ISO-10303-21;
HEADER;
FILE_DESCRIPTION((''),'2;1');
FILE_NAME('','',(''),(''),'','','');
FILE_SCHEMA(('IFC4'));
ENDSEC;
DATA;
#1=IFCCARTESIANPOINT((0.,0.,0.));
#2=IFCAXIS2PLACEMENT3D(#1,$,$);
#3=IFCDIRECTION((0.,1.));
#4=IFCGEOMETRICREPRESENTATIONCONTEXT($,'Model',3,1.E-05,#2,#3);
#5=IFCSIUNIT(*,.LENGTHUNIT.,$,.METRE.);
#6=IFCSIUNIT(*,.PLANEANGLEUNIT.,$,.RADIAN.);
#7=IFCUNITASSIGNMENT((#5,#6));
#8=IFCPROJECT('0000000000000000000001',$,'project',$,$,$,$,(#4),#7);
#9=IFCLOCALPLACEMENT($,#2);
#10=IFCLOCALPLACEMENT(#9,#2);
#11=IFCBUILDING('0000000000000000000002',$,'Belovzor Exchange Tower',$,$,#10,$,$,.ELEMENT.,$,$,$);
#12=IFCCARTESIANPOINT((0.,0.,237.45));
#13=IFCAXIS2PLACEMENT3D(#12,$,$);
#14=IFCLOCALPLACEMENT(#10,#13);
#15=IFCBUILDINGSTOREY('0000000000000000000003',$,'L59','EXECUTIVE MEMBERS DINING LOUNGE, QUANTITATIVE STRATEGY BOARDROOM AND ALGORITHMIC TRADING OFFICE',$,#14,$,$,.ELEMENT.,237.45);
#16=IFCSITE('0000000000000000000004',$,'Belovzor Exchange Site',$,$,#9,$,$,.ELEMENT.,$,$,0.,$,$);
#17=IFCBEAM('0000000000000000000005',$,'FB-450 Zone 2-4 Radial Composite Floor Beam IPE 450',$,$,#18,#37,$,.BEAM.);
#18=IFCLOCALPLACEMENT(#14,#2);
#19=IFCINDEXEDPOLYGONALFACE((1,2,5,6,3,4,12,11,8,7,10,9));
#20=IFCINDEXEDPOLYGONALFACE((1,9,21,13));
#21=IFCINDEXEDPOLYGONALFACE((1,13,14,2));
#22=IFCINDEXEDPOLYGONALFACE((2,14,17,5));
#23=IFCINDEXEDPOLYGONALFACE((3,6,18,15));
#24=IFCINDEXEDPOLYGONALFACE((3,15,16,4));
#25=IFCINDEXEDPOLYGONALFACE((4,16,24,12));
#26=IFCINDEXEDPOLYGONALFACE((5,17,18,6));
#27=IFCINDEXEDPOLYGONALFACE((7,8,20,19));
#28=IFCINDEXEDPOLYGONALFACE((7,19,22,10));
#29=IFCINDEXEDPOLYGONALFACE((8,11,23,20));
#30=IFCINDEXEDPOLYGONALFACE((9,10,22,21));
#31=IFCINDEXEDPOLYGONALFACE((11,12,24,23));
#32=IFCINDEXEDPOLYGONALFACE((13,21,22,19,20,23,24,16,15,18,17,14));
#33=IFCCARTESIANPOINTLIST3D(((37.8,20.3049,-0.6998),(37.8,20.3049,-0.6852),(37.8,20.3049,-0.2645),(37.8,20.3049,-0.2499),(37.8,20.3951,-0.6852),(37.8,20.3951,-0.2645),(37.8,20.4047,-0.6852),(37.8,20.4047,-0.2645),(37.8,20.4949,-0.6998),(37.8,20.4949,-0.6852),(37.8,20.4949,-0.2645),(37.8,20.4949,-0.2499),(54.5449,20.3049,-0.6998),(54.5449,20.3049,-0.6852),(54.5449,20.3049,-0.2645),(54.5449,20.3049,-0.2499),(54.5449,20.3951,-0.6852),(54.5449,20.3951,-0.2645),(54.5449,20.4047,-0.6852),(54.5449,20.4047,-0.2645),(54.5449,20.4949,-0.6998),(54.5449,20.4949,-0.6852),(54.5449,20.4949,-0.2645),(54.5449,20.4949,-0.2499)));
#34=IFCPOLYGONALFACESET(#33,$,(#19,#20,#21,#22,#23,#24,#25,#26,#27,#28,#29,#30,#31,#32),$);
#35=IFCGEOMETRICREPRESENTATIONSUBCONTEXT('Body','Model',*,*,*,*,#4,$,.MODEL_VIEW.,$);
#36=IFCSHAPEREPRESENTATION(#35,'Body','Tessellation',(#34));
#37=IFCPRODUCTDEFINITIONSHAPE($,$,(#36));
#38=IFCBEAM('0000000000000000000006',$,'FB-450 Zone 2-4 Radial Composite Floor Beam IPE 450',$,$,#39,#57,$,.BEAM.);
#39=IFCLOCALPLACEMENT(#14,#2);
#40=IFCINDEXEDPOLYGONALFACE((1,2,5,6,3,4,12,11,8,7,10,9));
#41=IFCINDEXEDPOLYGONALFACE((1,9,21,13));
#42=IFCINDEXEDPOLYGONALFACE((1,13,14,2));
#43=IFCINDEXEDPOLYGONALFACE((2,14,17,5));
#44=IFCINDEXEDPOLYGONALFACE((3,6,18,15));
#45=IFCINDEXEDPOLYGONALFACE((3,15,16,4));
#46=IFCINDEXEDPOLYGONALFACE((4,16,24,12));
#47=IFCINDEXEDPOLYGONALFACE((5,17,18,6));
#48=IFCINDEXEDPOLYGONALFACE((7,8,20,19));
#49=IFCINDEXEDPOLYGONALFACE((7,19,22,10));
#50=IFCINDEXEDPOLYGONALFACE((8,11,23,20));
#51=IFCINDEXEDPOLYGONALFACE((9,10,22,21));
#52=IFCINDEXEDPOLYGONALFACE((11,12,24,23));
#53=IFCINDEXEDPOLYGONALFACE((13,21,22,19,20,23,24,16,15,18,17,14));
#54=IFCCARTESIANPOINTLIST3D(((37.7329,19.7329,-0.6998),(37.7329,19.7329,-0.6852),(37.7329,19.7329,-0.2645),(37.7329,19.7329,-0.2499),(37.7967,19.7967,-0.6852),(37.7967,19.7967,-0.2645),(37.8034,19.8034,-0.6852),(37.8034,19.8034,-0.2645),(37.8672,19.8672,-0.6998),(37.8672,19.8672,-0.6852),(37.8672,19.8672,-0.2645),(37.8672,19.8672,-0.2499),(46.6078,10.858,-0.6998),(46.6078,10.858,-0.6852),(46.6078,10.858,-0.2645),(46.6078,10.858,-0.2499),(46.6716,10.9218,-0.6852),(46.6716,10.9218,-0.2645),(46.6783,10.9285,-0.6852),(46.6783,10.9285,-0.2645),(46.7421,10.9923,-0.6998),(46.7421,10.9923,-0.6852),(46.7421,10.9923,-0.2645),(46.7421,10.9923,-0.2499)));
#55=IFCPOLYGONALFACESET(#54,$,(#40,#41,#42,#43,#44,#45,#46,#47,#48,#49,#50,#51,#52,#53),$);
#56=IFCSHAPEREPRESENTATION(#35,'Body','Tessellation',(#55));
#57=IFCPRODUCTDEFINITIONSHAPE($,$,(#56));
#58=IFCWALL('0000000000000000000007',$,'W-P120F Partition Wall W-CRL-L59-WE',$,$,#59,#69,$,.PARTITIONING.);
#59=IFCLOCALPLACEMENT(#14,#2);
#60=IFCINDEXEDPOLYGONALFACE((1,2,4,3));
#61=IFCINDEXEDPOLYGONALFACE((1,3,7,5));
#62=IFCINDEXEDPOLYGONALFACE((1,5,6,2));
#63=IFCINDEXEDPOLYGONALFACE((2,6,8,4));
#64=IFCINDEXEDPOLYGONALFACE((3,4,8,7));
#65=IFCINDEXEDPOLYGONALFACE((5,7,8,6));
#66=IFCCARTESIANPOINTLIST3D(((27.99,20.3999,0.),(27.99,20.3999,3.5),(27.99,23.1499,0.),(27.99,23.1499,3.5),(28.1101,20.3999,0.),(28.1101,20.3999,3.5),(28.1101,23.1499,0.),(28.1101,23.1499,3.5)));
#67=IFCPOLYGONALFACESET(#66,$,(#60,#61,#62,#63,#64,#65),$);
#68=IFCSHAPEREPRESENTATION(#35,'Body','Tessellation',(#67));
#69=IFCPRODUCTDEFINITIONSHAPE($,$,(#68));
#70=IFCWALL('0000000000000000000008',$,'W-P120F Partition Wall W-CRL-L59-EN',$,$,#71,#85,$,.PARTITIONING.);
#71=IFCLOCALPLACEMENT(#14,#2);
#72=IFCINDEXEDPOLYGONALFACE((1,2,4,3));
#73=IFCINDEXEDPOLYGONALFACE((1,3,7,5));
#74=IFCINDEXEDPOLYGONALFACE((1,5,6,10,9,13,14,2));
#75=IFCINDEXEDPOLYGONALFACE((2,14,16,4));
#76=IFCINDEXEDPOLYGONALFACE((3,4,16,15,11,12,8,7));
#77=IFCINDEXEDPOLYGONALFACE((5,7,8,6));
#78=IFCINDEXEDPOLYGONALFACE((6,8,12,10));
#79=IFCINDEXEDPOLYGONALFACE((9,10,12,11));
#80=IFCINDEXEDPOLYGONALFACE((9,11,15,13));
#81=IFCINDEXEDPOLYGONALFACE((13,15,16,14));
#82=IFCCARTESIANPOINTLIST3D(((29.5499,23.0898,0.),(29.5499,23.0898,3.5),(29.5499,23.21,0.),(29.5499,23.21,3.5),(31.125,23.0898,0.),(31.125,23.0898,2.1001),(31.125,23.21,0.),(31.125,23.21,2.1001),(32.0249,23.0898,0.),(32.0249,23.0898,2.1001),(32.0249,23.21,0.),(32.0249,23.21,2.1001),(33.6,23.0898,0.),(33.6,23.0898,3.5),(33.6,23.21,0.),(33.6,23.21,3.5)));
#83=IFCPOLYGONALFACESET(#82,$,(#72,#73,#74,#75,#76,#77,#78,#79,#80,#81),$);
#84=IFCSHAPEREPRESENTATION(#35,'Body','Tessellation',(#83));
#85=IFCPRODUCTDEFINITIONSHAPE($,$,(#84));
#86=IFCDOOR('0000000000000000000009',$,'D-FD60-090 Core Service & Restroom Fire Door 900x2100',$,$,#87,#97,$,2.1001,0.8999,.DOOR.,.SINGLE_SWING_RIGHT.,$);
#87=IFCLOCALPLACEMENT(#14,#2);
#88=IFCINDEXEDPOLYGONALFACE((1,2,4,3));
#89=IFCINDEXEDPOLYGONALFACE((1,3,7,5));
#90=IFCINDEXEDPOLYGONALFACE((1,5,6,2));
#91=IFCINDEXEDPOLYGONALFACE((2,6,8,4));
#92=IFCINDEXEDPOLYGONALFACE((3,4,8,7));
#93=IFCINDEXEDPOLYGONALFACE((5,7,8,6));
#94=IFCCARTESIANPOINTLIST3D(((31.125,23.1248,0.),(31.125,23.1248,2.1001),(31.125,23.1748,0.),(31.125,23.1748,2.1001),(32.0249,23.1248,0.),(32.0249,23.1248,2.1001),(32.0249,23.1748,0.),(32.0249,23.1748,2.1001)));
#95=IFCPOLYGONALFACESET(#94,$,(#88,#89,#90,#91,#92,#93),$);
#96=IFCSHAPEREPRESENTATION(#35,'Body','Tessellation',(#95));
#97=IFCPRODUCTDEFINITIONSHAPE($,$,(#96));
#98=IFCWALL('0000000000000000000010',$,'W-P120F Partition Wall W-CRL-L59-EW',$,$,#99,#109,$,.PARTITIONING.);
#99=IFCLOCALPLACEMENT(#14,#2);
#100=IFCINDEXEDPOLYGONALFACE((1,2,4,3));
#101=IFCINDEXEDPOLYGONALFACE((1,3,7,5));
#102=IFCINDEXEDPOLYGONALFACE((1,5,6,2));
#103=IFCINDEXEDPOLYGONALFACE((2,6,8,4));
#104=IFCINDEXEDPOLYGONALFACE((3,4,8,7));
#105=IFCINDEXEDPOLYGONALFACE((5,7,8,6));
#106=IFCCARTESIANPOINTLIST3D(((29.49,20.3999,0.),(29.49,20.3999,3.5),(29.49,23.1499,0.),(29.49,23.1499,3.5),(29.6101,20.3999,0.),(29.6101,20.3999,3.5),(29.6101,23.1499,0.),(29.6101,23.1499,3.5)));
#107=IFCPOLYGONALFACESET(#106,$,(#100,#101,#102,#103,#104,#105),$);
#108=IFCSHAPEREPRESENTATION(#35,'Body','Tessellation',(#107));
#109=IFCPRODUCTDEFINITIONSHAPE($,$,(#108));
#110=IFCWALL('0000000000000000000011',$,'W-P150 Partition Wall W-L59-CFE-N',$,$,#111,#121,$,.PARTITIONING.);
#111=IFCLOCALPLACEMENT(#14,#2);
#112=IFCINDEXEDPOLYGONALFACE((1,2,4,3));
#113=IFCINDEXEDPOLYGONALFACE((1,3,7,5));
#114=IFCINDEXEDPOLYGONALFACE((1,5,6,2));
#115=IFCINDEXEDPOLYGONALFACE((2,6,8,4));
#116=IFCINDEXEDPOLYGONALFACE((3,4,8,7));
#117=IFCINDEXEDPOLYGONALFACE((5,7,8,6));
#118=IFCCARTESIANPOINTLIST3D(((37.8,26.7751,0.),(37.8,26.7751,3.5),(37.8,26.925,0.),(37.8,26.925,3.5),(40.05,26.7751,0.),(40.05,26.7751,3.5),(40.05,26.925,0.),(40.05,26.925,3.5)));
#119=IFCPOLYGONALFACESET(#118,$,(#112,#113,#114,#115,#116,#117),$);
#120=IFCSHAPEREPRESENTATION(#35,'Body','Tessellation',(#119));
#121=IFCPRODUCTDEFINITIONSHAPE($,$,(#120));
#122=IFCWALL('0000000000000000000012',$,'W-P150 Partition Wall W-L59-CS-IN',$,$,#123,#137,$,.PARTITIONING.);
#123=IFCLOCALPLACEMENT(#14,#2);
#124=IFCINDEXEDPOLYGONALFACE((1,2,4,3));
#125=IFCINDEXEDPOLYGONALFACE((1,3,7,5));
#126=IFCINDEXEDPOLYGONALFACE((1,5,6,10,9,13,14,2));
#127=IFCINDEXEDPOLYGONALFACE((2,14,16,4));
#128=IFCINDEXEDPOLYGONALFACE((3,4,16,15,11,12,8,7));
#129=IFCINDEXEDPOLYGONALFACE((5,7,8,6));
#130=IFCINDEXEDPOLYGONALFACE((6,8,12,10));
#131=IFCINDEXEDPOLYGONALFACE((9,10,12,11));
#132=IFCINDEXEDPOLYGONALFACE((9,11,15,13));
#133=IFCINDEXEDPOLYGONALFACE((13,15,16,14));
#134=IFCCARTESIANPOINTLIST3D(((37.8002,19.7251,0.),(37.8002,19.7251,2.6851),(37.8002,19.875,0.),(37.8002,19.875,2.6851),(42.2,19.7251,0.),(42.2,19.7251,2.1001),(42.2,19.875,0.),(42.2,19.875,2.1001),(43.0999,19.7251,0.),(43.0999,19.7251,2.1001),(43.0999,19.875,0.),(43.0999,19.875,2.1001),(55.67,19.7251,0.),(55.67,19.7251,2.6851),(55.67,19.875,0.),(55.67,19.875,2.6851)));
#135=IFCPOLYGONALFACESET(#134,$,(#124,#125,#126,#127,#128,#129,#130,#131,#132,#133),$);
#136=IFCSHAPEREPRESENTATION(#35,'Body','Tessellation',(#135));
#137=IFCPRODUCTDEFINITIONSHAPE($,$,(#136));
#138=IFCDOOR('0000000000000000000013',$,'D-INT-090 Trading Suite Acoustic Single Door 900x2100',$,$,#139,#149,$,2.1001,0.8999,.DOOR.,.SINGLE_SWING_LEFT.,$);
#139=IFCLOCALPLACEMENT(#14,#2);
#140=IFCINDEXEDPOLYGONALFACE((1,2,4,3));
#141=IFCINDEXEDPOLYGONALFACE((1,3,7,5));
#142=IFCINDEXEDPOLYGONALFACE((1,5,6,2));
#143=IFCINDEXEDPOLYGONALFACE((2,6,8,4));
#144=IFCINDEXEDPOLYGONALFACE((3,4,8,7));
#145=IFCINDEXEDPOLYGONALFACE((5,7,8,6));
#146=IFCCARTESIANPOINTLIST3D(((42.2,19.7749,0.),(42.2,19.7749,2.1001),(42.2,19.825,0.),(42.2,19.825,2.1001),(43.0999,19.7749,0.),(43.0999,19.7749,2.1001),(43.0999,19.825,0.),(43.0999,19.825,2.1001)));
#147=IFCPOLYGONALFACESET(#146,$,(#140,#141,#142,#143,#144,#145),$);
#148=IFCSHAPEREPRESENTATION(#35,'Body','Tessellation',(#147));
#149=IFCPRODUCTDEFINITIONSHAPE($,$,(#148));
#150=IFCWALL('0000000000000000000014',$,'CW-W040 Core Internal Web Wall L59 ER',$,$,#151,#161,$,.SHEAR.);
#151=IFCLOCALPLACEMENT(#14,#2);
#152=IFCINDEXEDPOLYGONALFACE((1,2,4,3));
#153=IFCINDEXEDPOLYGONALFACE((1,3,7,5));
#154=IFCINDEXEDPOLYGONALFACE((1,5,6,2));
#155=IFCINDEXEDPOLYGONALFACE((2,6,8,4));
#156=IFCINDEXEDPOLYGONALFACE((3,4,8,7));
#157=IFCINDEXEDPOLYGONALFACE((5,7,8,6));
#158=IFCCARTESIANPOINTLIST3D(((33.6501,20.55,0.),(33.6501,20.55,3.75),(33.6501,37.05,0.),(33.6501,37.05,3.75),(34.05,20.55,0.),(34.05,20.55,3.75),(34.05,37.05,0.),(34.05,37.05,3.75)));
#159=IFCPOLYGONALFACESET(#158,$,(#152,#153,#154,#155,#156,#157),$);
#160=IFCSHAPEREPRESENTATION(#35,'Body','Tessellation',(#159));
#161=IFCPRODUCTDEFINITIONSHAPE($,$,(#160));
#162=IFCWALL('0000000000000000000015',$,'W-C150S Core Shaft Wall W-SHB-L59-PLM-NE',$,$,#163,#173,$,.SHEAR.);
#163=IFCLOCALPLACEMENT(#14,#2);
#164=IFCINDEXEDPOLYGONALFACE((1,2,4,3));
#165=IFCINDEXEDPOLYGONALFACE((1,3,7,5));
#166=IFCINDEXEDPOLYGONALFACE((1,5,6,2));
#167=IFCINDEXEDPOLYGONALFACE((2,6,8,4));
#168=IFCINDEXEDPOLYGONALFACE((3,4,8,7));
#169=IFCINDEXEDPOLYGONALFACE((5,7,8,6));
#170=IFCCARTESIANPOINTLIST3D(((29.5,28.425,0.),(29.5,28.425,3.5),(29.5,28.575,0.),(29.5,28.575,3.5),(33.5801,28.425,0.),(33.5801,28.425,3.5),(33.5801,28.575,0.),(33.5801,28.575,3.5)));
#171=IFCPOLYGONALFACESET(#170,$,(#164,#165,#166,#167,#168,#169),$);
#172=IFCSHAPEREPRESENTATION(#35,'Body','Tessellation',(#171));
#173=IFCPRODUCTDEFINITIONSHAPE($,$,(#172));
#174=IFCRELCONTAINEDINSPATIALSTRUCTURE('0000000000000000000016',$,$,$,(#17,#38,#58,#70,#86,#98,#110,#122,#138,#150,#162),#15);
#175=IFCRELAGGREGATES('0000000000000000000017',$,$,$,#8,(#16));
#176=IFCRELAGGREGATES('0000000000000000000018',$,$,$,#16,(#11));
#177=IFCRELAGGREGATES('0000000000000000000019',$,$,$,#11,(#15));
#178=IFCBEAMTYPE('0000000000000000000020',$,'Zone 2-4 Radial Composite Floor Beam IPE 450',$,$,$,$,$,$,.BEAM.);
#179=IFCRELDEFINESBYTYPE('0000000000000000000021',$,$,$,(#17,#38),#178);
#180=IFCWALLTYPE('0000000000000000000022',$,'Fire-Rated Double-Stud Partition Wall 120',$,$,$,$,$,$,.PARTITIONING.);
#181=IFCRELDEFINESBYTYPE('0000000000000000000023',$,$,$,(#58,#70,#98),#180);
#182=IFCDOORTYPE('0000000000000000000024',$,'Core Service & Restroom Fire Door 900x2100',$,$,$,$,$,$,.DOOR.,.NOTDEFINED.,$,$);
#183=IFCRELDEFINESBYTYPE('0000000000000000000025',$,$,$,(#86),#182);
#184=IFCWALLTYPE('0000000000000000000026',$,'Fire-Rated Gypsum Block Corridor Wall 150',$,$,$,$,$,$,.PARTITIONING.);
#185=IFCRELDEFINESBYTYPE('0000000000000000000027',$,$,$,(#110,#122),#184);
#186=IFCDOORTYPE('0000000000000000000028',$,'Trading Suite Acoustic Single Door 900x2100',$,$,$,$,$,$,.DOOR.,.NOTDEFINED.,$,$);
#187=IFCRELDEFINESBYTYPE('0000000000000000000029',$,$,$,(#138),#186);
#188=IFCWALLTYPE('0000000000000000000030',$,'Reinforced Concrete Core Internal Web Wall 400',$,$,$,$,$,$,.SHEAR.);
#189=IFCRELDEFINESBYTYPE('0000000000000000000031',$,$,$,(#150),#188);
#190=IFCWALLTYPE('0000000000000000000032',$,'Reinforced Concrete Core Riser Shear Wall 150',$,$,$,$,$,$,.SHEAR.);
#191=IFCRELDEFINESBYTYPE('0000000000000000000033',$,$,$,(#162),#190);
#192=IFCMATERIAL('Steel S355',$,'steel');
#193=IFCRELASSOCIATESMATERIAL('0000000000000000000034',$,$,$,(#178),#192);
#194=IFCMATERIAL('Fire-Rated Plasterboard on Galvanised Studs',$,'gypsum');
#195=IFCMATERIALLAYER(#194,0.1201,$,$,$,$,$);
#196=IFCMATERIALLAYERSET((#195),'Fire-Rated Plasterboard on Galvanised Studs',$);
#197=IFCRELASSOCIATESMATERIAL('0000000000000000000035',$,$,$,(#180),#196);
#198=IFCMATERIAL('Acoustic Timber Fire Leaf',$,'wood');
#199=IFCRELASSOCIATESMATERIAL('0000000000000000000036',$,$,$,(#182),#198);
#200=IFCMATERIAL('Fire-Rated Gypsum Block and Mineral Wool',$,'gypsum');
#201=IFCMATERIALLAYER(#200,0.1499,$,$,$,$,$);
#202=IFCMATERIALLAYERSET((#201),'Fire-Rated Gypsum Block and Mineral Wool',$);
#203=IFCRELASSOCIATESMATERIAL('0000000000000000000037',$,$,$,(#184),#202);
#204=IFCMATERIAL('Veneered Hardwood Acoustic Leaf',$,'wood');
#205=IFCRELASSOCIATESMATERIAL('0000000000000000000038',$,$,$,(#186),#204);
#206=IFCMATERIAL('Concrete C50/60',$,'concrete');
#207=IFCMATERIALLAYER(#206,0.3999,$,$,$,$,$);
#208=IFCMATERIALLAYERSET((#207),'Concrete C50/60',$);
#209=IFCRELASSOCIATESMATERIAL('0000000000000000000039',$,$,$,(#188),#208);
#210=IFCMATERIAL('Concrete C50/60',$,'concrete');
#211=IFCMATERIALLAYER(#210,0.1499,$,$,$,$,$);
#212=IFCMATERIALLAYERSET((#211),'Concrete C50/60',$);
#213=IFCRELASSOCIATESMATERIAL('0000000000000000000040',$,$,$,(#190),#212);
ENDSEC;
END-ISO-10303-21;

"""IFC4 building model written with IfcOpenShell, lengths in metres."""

from ifc_helpers import new_model, si_unit, direction, frame, frame_2d, origin, origin_2d, place, context, subcontext, project, spatial, rectangle, i_section, extrude, material, layer, layer_set, material_profile, profile_set, type_object, element, fill, save


model = new_model("IFC4")

# Units and contexts
model_context = context("Model", 3, precision=1e-05, world=origin(), true_north=direction((0.0, 1.0)))
body_context = subcontext(model_context, "Body", "Model", "MODEL_VIEW")
ifc_project = project(units=[si_unit("LENGTHUNIT", "METRE"), si_unit("PLANEANGLEUNIT", "RADIAN")], contexts=[model_context])

# Site, building, storey
site_placement = place(None, origin())
site = spatial("IfcSite", under=ifc_project, at=site_placement, Name="Belovzor Exchange Site", CompositionType="ELEMENT", RefElevation=0.0)
building_placement = place(site_placement, origin())
building = spatial("IfcBuilding", under=site, at=building_placement, Name="Belovzor Exchange Tower", CompositionType="ELEMENT")
storey_placement = place(building_placement, frame((0.0, 0.0, 237.45)))
storey = spatial("IfcBuildingStorey", under=building, at=storey_placement, Name="L59", Description="EXECUTIVE MEMBERS DINING LOUNGE, QUANTITATIVE STRATEGY BOARDROOM AND ALGORITHMIC TRADING OFFICE", CompositionType="ELEMENT", Elevation=237.45)

# Beams
ifc_material_1 = material(Name="Steel S355", Category="steel")
ifc_material_profile = material_profile(ifc_material_1, i_section(OverallWidth=0.1899, OverallDepth=0.45, WebThickness=0.0095, FlangeThickness=0.0146, at=origin_2d()))
ifc_profile_set = profile_set([ifc_material_profile], Name="Steel S355")
beam_type = type_object("IfcBeamType", Name="Zone 2-4 Radial Composite Floor Beam IPE 450", PredefinedType="BEAM", material=ifc_profile_set)
beam_1_placement = place(storey_placement, frame((37.8, 20.3999, -0.4749), z_axis=(1.0, 0.0, 0.0), x_axis=(0.0, 1.0, 0.0)))
element("IfcBeam", 1, at=beam_1_placement, inside=storey, type_object=beam_type, Name="FB-450 Zone 2-4 Radial Composite Floor Beam IPE 450", PredefinedType="BEAM", context=body_context, shape_type="SweptSolid", body=[
    extrude(i_section(OverallWidth=0.1899, OverallDepth=0.45, WebThickness=0.0095, FlangeThickness=0.0146, at=origin_2d()), origin(), (0.0, 0.0, 1.0), 16.7449),
])
beam_2_placement = place(storey_placement, frame((37.8, 19.8, -0.4749), z_axis=(0.707107, -0.707107, 0.0), x_axis=(0.707107, 0.707107, 0.0)))
element("IfcBeam", 2, at=beam_2_placement, inside=storey, type_object=beam_type, Name="FB-450 Zone 2-4 Radial Composite Floor Beam IPE 450", PredefinedType="BEAM", context=body_context, shape_type="SweptSolid", body=[
    extrude(i_section(OverallWidth=0.1899, OverallDepth=0.45, WebThickness=0.0095, FlangeThickness=0.0146, at=origin_2d()), origin(), (0.0, 0.0, 1.0), 12.551),
])

# Wall
ifc_material_2 = material(Name="Fire-Rated Plasterboard on Galvanised Studs", Category="gypsum")
ifc_layer_1 = layer(ifc_material_2, 0.1201)
ifc_layer_set_1 = layer_set([ifc_layer_1], Name="Fire-Rated Plasterboard on Galvanised Studs")
wall_type_1 = type_object("IfcWallType", Name="Fire-Rated Double-Stud Partition Wall 120", PredefinedType="PARTITIONING", material=ifc_layer_set_1)
wall_1_placement = place(storey_placement, frame((28.05, 20.3999, 0.0), z_axis=(0.0, 0.0, 1.0), x_axis=(0.0, 1.0, 0.0)))
element("IfcWall", 3, at=wall_1_placement, inside=storey, type_object=wall_type_1, Name="W-P120F Partition Wall W-CRL-L59-WE", PredefinedType="PARTITIONING", context=body_context, shape_type="SweptSolid", body=[
    extrude(rectangle(XDim=2.75, YDim=0.1201, at=frame_2d((1.375, 0.0))), origin(), (0.0, 0.0, 1.0), 3.5),
])

# Wall, opening, door
wall_2_placement = place(storey_placement, frame((29.55, 23.1499, 0.0), z_axis=(0.0, 0.0, 1.0), x_axis=(1.0, 0.0, 0.0)))
wall_2 = element("IfcWall", 4, at=wall_2_placement, inside=storey, type_object=wall_type_1, Name="W-P120F Partition Wall W-CRL-L59-EN", PredefinedType="PARTITIONING", context=body_context, shape_type="SweptSolid", body=[
    extrude(rectangle(XDim=4.05, YDim=0.1201, at=frame_2d((2.0249, 0.0))), origin(), (0.0, 0.0, 1.0), 3.5),
])
opening_1_placement = place(wall_2_placement, frame((1.575, 0.0, 0.0)))
opening_1 = element("IfcOpeningElement", 5, at=opening_1_placement, cuts=wall_2, PredefinedType="OPENING", context=body_context, shape_type="SweptSolid", body=[
    extrude(rectangle(XDim=0.8999, YDim=2.1001, at=frame_2d((0.45, 1.05))), frame((0.0, 0.0701, 0.0), z_axis=(0.0, -1.0, 0.0), x_axis=(1.0, 0.0, 0.0)), (0.0, 0.0, 1.0), 0.1401),
])
ifc_material_3 = material(Name="Acoustic Timber Fire Leaf", Category="wood")
door_type_1 = type_object("IfcDoorType", Name="Core Service & Restroom Fire Door 900x2100", OperationType="NOTDEFINED", PredefinedType="DOOR", material=ifc_material_3)
door_1_placement = place(opening_1_placement, origin())
door_1 = element("IfcDoor", 6, at=door_1_placement, inside=storey, type_object=door_type_1, Name="D-FD60-090 Core Service & Restroom Fire Door 900x2100", OperationType="SINGLE_SWING_RIGHT", OverallHeight=2.1001, OverallWidth=0.8999, PredefinedType="DOOR", context=body_context, shape_type="SweptSolid", body=[
    extrude(rectangle(XDim=0.8999, YDim=2.1001, at=frame_2d((0.45, 1.05))), frame((0.0, 0.0249, 0.0), z_axis=(0.0, -1.0, 0.0), x_axis=(1.0, 0.0, 0.0)), (0.0, 0.0, 1.0), 0.05),
])
fill(opening_1, door_1)

# Walls
wall_3_placement = place(storey_placement, frame((29.55, 20.3999, 0.0), z_axis=(0.0, 0.0, 1.0), x_axis=(0.0, 1.0, 0.0)))
element("IfcWall", 7, at=wall_3_placement, inside=storey, type_object=wall_type_1, Name="W-P120F Partition Wall W-CRL-L59-EW", PredefinedType="PARTITIONING", context=body_context, shape_type="SweptSolid", body=[
    extrude(rectangle(XDim=2.75, YDim=0.1201, at=frame_2d((1.375, 0.0))), origin(), (0.0, 0.0, 1.0), 3.5),
])
ifc_material_4 = material(Name="Fire-Rated Gypsum Block and Mineral Wool", Category="gypsum")
ifc_layer_2 = layer(ifc_material_4, 0.1499)
ifc_layer_set_2 = layer_set([ifc_layer_2], Name="Fire-Rated Gypsum Block and Mineral Wool")
wall_type_2 = type_object("IfcWallType", Name="Fire-Rated Gypsum Block Corridor Wall 150", PredefinedType="PARTITIONING", material=ifc_layer_set_2)
wall_4_placement = place(storey_placement, frame((37.8, 26.8501, 0.0), z_axis=(0.0, 0.0, 1.0), x_axis=(1.0, 0.0, 0.0)))
element("IfcWall", 8, at=wall_4_placement, inside=storey, type_object=wall_type_2, Name="W-P150 Partition Wall W-L59-CFE-N", PredefinedType="PARTITIONING", context=body_context, shape_type="SweptSolid", body=[
    extrude(rectangle(XDim=2.25, YDim=0.1499, at=frame_2d((1.125, 0.0))), origin(), (0.0, 0.0, 1.0), 3.5),
])

# Wall, opening, door
wall_5_placement = place(storey_placement, frame((37.8, 19.8, 0.0), z_axis=(0.0, 0.0, 1.0), x_axis=(1.0, 0.0, 0.0)))
wall_5 = element("IfcWall", 9, at=wall_5_placement, inside=storey, type_object=wall_type_2, Name="W-P150 Partition Wall W-L59-CS-IN", PredefinedType="PARTITIONING", context=body_context, shape_type="SweptSolid", body=[
    extrude(rectangle(XDim=17.8699, YDim=0.1499, at=frame_2d((8.9351, 0.0))), origin(), (0.0, 0.0, 1.0), 2.6851),
])
opening_2_placement = place(wall_5_placement, frame((4.3999, 0.0, 0.0)))
opening_2 = element("IfcOpeningElement", 10, at=opening_2_placement, cuts=wall_5, PredefinedType="OPENING", context=body_context, shape_type="SweptSolid", body=[
    extrude(rectangle(XDim=0.8999, YDim=2.1001, at=frame_2d((0.45, 1.05))), frame((0.0, 0.085, 0.0), z_axis=(0.0, -1.0, 0.0), x_axis=(1.0, 0.0, 0.0)), (0.0, 0.0, 1.0), 0.1699),
])
ifc_material_5 = material(Name="Veneered Hardwood Acoustic Leaf", Category="wood")
door_type_2 = type_object("IfcDoorType", Name="Trading Suite Acoustic Single Door 900x2100", OperationType="NOTDEFINED", PredefinedType="DOOR", material=ifc_material_5)
door_2_placement = place(opening_2_placement, origin())
door_2 = element("IfcDoor", 11, at=door_2_placement, inside=storey, type_object=door_type_2, Name="D-INT-090 Trading Suite Acoustic Single Door 900x2100", OperationType="SINGLE_SWING_LEFT", OverallHeight=2.1001, OverallWidth=0.8999, PredefinedType="DOOR", context=body_context, shape_type="SweptSolid", body=[
    extrude(rectangle(XDim=0.8999, YDim=2.1001, at=frame_2d((0.45, 1.05))), frame((0.0, 0.0249, 0.0), z_axis=(0.0, -1.0, 0.0), x_axis=(1.0, 0.0, 0.0)), (0.0, 0.0, 1.0), 0.05),
])
fill(opening_2, door_2)

# Walls
ifc_material_6 = material(Name="Concrete C50/60", Category="concrete")
ifc_layer_3 = layer(ifc_material_6, 0.3999)
ifc_layer_set_3 = layer_set([ifc_layer_3], Name="Concrete C50/60")
wall_type_3 = type_object("IfcWallType", Name="Reinforced Concrete Core Internal Web Wall 400", PredefinedType="SHEAR", material=ifc_layer_set_3)
wall_6_placement = place(storey_placement, frame((33.8501, 20.55, 0.0), z_axis=(0.0, 0.0, 1.0), x_axis=(0.0, 1.0, 0.0)))
element("IfcWall", 12, at=wall_6_placement, inside=storey, type_object=wall_type_3, Name="CW-W040 Core Internal Web Wall L59 ER", PredefinedType="SHEAR", context=body_context, shape_type="SweptSolid", body=[
    extrude(rectangle(XDim=16.5, YDim=0.3999, at=frame_2d((8.25, 0.0))), origin(), (0.0, 0.0, 1.0), 3.75),
])
ifc_material_7 = material(Name="Concrete C50/60", Category="concrete")
ifc_layer_4 = layer(ifc_material_7, 0.1499)
ifc_layer_set_4 = layer_set([ifc_layer_4], Name="Concrete C50/60")
wall_type_4 = type_object("IfcWallType", Name="Reinforced Concrete Core Riser Shear Wall 150", PredefinedType="SHEAR", material=ifc_layer_set_4)
wall_7_placement = place(storey_placement, frame((29.5, 28.5, 0.0), z_axis=(0.0, 0.0, 1.0), x_axis=(1.0, 0.0, 0.0)))
element("IfcWall", 13, at=wall_7_placement, inside=storey, type_object=wall_type_4, Name="W-C150S Core Shaft Wall W-SHB-L59-PLM-NE", PredefinedType="SHEAR", context=body_context, shape_type="SweptSolid", body=[
    extrude(rectangle(XDim=4.0801, YDim=0.1499, at=frame_2d((2.04, 0.0))), origin(), (0.0, 0.0, 1.0), 3.5),
])

save(model, "model.ifc")
